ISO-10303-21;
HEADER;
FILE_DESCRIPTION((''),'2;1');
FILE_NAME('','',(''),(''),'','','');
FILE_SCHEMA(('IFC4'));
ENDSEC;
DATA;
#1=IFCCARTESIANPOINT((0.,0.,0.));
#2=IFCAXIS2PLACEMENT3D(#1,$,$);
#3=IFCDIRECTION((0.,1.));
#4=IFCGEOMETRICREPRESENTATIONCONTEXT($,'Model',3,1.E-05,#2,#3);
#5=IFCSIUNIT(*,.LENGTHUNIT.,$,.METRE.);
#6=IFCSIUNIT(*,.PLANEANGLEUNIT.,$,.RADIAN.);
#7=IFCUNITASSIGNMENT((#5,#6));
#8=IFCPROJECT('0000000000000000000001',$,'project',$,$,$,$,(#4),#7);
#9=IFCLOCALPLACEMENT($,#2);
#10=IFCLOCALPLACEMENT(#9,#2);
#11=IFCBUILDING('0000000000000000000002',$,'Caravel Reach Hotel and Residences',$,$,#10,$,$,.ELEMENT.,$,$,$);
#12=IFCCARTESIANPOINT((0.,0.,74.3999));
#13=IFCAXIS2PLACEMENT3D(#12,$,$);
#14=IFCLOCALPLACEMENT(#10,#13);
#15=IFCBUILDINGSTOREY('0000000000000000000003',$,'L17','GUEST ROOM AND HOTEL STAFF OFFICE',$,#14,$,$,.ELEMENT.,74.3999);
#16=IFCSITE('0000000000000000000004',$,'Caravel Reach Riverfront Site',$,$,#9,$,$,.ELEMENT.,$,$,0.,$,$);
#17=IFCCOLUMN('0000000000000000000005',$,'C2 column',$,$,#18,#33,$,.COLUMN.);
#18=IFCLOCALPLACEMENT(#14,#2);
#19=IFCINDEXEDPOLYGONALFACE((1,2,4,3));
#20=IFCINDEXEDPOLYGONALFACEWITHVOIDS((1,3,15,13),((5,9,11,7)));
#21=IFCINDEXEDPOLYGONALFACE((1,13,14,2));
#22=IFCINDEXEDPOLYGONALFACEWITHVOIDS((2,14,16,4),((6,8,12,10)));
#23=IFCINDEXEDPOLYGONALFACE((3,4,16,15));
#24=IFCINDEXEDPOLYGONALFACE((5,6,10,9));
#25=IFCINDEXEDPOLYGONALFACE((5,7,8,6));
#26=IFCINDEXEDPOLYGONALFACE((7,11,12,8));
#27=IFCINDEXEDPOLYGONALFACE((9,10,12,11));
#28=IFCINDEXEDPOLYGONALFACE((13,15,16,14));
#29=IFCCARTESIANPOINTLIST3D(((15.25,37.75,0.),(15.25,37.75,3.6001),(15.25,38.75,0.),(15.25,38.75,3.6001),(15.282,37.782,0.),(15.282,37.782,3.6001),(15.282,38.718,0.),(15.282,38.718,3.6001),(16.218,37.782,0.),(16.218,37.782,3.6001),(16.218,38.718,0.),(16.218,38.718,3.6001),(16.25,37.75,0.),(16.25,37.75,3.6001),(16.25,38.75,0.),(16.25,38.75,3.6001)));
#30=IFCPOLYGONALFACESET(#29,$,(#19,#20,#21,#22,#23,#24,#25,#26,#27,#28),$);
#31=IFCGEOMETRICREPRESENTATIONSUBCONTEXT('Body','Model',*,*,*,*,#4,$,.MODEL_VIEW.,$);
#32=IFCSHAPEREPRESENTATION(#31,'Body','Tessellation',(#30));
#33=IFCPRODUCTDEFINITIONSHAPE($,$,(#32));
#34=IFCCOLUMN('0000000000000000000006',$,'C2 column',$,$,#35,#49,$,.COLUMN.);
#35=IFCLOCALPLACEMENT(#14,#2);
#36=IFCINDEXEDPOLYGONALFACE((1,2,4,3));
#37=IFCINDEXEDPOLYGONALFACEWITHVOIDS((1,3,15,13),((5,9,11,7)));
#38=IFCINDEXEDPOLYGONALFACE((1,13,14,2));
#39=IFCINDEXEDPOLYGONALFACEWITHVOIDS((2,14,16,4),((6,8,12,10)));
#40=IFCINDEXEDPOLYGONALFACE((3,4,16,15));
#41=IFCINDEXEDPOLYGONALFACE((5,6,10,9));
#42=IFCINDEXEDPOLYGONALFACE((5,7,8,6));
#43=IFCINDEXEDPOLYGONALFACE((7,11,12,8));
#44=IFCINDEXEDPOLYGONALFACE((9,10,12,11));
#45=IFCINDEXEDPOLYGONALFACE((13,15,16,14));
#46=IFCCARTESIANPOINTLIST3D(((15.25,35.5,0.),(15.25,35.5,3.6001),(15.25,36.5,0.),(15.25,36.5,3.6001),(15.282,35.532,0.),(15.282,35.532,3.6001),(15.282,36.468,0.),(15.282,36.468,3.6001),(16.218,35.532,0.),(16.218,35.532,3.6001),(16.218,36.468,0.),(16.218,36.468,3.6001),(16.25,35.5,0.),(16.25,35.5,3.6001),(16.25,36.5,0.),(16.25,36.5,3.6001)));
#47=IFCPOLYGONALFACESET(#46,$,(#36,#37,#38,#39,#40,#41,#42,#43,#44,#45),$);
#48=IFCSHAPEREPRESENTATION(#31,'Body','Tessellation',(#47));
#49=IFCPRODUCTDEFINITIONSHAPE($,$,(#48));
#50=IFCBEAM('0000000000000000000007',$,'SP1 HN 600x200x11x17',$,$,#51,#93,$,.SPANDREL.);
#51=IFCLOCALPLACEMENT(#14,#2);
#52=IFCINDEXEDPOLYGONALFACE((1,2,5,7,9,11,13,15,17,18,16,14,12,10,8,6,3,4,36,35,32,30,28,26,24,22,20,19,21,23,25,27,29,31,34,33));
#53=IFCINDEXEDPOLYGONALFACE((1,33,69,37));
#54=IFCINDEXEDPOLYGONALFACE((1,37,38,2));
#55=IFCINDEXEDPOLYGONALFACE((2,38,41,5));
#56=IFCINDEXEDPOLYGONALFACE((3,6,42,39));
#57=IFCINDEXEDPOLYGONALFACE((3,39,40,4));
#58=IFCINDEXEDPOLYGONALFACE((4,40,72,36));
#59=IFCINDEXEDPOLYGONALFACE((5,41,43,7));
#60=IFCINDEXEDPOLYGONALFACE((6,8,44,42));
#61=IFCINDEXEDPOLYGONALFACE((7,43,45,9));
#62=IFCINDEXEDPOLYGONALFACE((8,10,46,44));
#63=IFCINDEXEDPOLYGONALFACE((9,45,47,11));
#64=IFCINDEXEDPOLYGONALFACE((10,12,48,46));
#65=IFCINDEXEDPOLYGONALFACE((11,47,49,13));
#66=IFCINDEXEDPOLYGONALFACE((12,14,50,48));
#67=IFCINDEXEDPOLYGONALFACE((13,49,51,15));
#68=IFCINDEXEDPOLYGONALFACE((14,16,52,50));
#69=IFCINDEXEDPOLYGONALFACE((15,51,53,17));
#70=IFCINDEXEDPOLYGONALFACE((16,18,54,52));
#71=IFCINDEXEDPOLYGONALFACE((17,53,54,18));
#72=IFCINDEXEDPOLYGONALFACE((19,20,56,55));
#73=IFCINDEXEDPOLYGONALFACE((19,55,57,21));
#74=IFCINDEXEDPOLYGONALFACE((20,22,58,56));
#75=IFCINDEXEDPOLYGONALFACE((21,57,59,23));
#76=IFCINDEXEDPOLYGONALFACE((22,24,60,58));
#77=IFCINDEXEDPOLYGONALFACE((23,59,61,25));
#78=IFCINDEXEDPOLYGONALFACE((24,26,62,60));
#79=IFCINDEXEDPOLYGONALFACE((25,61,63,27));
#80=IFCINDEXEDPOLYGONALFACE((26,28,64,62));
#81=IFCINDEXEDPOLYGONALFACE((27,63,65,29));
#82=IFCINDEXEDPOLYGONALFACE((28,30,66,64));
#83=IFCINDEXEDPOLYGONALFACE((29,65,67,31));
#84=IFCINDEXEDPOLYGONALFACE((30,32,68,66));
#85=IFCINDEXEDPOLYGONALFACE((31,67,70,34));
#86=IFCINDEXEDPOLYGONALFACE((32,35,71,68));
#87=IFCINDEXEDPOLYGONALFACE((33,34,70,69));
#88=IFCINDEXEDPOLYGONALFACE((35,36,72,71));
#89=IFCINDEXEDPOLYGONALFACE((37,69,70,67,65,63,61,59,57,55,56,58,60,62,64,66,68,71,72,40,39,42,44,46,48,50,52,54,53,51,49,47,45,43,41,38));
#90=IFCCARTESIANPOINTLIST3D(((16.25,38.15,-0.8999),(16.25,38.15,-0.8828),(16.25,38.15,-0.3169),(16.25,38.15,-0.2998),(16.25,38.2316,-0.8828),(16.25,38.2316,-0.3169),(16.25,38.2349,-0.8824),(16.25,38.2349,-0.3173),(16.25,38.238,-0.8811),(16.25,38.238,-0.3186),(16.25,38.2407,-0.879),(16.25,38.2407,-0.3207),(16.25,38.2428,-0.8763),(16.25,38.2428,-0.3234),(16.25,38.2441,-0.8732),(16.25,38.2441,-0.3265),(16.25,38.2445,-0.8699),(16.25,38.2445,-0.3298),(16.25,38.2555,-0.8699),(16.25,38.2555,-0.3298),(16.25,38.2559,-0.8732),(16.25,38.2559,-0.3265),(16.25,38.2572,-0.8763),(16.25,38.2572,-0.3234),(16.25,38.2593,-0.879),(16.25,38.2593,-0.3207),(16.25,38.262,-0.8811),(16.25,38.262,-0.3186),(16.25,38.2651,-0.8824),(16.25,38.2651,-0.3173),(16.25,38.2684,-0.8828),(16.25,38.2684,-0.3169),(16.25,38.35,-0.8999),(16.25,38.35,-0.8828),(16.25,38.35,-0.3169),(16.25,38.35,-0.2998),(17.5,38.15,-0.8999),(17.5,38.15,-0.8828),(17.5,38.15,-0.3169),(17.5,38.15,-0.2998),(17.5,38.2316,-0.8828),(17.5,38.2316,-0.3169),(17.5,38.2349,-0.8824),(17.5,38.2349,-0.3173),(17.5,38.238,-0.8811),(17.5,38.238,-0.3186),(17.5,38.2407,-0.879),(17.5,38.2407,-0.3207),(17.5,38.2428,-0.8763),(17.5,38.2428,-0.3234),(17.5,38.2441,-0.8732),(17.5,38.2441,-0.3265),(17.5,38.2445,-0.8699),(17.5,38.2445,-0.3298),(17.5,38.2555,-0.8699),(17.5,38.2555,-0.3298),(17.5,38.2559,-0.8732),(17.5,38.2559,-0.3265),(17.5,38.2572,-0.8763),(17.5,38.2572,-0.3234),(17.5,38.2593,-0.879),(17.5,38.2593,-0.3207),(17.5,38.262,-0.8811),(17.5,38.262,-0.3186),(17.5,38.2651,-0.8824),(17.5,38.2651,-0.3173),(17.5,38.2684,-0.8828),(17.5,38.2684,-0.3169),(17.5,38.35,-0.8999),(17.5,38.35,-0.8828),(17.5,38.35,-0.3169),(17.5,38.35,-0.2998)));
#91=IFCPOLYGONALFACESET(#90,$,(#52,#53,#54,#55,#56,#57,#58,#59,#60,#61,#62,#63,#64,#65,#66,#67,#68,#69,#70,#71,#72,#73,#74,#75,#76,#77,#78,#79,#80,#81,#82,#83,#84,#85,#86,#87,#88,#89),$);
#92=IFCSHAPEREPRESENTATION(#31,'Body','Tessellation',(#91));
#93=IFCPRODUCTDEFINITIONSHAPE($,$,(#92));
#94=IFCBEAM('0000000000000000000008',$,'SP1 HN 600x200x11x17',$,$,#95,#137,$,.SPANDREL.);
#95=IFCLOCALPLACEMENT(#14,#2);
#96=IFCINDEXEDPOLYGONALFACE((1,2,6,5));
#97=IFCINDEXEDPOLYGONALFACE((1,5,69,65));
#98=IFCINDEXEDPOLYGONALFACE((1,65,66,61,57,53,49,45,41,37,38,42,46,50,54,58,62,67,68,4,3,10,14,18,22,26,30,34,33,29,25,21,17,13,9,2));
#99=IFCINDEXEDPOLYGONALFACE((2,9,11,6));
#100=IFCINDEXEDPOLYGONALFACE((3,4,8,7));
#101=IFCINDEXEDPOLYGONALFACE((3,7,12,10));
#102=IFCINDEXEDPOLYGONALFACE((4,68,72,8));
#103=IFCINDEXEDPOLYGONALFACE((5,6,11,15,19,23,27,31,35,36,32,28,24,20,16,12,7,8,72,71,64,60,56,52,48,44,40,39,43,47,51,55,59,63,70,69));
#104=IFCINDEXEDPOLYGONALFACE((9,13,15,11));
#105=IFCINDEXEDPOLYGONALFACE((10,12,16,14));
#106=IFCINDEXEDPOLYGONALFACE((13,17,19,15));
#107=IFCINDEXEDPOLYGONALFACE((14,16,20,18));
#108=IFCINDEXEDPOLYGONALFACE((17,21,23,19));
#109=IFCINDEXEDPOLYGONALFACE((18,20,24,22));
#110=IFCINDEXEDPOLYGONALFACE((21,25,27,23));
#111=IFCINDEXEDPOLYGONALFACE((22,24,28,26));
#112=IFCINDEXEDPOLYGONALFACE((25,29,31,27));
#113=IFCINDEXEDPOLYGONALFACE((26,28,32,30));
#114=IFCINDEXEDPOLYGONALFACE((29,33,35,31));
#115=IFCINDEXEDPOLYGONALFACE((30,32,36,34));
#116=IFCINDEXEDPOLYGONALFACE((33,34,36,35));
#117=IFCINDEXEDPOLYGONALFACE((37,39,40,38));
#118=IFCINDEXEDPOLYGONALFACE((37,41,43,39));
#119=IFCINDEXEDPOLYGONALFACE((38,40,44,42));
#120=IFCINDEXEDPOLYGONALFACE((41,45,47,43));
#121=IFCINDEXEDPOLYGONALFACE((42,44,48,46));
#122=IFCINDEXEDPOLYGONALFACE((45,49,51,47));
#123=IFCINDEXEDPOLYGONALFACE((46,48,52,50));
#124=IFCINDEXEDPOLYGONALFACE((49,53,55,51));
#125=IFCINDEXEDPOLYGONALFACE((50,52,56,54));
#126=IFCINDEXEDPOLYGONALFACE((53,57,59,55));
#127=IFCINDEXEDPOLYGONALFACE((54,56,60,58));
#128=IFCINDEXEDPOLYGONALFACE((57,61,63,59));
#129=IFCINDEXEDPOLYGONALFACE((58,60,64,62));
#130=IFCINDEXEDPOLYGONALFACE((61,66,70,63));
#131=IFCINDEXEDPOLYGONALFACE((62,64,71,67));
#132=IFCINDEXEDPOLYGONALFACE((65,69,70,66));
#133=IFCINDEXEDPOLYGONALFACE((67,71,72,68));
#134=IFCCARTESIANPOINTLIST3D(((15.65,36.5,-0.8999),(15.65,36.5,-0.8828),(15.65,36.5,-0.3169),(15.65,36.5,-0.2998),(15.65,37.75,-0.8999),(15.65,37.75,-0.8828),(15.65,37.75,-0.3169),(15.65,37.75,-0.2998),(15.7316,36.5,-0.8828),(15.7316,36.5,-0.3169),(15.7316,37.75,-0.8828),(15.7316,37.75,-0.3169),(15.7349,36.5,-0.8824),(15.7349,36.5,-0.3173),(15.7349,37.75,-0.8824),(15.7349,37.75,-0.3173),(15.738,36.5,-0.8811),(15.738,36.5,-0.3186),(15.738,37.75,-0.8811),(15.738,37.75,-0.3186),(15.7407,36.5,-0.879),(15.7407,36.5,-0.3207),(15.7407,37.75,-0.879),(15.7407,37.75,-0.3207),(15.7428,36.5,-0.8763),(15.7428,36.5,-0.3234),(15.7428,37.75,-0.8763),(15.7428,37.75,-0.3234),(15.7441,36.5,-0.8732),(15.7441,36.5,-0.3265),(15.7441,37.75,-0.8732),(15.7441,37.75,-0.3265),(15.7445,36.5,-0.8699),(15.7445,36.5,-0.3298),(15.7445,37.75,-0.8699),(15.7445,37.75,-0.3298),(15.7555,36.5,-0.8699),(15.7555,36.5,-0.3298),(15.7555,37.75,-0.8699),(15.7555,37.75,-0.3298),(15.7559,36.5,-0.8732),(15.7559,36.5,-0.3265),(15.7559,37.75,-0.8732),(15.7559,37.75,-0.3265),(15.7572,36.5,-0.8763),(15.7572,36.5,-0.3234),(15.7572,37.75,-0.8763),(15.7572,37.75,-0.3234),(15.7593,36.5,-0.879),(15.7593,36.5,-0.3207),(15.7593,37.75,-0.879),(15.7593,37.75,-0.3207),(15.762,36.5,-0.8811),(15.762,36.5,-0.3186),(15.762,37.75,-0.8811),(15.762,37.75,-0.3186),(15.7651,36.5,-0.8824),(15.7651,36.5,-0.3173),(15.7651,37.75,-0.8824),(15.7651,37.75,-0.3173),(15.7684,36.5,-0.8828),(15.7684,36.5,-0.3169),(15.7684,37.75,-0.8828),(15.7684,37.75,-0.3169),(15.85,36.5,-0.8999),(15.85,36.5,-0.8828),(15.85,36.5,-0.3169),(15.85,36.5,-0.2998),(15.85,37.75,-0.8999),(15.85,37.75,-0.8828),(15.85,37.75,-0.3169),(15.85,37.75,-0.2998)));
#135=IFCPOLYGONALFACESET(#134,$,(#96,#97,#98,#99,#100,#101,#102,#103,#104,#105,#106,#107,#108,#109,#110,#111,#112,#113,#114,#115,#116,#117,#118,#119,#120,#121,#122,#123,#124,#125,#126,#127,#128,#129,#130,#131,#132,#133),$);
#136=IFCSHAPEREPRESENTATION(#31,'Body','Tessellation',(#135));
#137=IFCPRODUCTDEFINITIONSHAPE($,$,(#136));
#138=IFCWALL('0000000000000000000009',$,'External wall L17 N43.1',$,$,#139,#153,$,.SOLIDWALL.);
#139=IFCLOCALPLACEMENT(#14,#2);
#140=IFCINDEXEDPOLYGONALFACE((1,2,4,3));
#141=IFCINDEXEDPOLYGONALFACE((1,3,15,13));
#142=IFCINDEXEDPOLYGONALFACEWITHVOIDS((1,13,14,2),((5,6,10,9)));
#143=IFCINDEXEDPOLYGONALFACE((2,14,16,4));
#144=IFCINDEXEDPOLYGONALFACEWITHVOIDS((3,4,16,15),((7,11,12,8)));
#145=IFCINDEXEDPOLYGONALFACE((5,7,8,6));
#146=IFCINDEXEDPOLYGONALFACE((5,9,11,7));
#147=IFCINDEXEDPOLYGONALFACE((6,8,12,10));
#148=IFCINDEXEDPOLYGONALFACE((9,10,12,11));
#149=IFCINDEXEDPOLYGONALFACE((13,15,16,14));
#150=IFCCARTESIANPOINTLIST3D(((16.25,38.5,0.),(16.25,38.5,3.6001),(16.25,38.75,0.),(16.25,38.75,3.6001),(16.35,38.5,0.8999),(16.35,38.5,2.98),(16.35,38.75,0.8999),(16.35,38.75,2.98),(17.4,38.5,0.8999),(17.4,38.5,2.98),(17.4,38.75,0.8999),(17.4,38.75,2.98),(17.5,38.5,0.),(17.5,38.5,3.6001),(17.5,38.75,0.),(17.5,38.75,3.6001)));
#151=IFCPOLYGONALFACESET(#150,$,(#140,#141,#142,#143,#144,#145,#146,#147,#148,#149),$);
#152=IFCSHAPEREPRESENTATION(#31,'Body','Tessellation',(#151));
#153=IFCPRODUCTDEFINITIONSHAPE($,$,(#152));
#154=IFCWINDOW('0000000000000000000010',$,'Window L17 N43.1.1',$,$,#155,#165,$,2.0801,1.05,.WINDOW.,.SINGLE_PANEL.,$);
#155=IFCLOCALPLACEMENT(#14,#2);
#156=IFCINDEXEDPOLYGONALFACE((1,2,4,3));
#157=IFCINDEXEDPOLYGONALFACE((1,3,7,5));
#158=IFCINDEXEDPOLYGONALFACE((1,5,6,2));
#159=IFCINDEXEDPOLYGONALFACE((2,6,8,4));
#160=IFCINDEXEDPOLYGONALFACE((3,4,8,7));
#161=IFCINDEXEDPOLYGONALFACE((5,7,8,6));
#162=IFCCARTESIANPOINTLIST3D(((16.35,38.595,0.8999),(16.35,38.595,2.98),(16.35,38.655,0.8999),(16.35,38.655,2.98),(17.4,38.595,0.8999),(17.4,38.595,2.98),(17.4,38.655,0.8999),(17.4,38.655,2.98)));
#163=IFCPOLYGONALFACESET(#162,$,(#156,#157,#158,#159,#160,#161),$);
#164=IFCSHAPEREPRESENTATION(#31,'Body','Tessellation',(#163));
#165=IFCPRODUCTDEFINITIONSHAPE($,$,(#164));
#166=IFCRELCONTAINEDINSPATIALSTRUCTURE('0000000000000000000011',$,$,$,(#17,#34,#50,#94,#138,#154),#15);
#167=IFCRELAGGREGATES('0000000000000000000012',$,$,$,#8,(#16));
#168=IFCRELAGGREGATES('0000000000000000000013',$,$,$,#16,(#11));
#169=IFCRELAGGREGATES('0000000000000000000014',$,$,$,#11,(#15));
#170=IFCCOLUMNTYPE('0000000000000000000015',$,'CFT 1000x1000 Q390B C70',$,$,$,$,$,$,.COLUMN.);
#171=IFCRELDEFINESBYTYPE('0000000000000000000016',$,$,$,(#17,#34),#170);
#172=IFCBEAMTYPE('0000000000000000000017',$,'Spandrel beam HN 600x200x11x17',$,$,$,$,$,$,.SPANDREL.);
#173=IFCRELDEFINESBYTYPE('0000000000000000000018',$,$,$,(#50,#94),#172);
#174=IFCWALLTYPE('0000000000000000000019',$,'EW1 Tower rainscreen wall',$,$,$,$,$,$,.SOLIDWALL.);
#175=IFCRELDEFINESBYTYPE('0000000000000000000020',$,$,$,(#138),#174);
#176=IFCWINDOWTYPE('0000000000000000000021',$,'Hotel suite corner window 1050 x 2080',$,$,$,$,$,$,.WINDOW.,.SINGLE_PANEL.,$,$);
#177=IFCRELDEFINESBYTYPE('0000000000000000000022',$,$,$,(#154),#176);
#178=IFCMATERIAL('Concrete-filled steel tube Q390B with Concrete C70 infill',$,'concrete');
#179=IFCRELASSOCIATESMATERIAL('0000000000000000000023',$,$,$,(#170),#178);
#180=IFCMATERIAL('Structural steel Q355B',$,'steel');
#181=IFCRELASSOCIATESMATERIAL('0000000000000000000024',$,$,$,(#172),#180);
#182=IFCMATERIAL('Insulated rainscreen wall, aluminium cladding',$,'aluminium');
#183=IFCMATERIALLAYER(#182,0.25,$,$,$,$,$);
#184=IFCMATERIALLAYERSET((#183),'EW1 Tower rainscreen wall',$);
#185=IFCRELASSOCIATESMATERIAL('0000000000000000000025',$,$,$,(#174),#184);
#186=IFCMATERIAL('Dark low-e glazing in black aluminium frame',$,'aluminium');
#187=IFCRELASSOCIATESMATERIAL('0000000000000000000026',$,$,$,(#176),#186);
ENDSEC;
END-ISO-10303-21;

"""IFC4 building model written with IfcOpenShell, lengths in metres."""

from ifc_helpers import new_model, si_unit, direction, frame, frame_2d, origin, origin_2d, place, context, subcontext, project, spatial, rectangle, hollow_rectangle, i_section, extrude, material, layer, layer_set, material_profile, profile_set, type_object, element, fill, save


model = new_model("IFC4")

# Units and contexts
model_context = context("Model", 3, precision=1e-05, world=origin(), true_north=direction((0.0, 1.0)))
body_context = subcontext(model_context, "Body", "Model", "MODEL_VIEW")
ifc_project = project(units=[si_unit("LENGTHUNIT", "METRE"), si_unit("PLANEANGLEUNIT", "RADIAN")], contexts=[model_context])

# Site, building, storey
site_placement = place(None, origin())
site = spatial("IfcSite", under=ifc_project, at=site_placement, Name="Caravel Reach Riverfront Site", CompositionType="ELEMENT", RefElevation=0.0)
building_placement = place(site_placement, origin())
building = spatial("IfcBuilding", under=site, at=building_placement, Name="Caravel Reach Hotel and Residences", CompositionType="ELEMENT")
storey_placement = place(building_placement, frame((0.0, 0.0, 74.3999)))
storey = spatial("IfcBuildingStorey", under=building, at=storey_placement, Name="L17", Description="GUEST ROOM AND HOTEL STAFF OFFICE", CompositionType="ELEMENT", Elevation=74.3999)

# Columns
ifc_material_1 = material(Name="Concrete-filled steel tube Q390B with Concrete C70 infill", Category="concrete")
ifc_material_profile_1 = material_profile(ifc_material_1, hollow_rectangle(XDim=1.0, YDim=1.0, WallThickness=0.032, at=origin_2d()), Name="RHS 1000x1000x32")
ifc_profile_set_1 = profile_set([ifc_material_profile_1], Name="Concrete-filled steel tube Q390B with Concrete C70 infill")
column_type = type_object("IfcColumnType", Name="CFT 1000x1000 Q390B C70", PredefinedType="COLUMN", material=ifc_profile_set_1)
for number, where, z_axis, x_axis, name in (
    (1, (15.75, 38.25, 0.0), (0.0, 0.0, 1.0), (1.0, 0.0, 0.0), "C2 column"),
    (2, (15.75, 36.0, 0.0), (0.0, 0.0, 1.0), (1.0, 0.0, 0.0), "C2 column"),
):
    element("IfcColumn", number, at=place(storey_placement, frame(where, z_axis=z_axis, x_axis=x_axis)), inside=storey, type_object=column_type, Name=name, PredefinedType="COLUMN", context=body_context, shape_type="SweptSolid", body=[
        extrude(hollow_rectangle(XDim=1.0, YDim=1.0, WallThickness=0.032, at=origin_2d()), origin(), (0.0, 0.0, 1.0), 3.6001),
    ])

# Beams
ifc_material_2 = material(Name="Structural steel Q355B", Category="steel")
ifc_material_profile_2 = material_profile(ifc_material_2, i_section(OverallWidth=0.2, OverallDepth=0.6001, WebThickness=0.011, FlangeThickness=0.0171, FilletRadius=0.0129, at=origin_2d()), Name="HN 600x200x11x17")
ifc_profile_set_2 = profile_set([ifc_material_profile_2], Name="Structural steel Q355B")
beam_type = type_object("IfcBeamType", Name="Spandrel beam HN 600x200x11x17", PredefinedType="SPANDREL", material=ifc_profile_set_2)
for number, where, z_axis, x_axis, name in (
    (3, (17.5, 38.25, -0.5999), (-1.0, 0.0, 0.0), (0.0, -1.0, 0.0), "SP1 HN 600x200x11x17"),
    (4, (15.75, 37.75, -0.5999), (0.0, -1.0, 0.0), (1.0, 0.0, 0.0), "SP1 HN 600x200x11x17"),
):
    element("IfcBeam", number, at=place(storey_placement, frame(where, z_axis=z_axis, x_axis=x_axis)), inside=storey, type_object=beam_type, Name=name, PredefinedType="SPANDREL", context=body_context, shape_type="SweptSolid", body=[
        extrude(i_section(OverallWidth=0.2, OverallDepth=0.6001, WebThickness=0.011, FlangeThickness=0.0171, FilletRadius=0.0129, at=origin_2d()), origin(), (0.0, 0.0, 1.0), 1.25),
    ])

# Wall, opening, window
ifc_material_3 = material(Name="Insulated rainscreen wall, aluminium cladding", Category="aluminium")
ifc_layer = layer(ifc_material_3, 0.25)
ifc_layer_set = layer_set([ifc_layer], Name="EW1 Tower rainscreen wall")
wall_type = type_object("IfcWallType", Name="EW1 Tower rainscreen wall", PredefinedType="SOLIDWALL", material=ifc_layer_set)
wall_1_placement = place(storey_placement, frame((17.5, 38.625, 0.0), z_axis=(0.0, 0.0, 1.0), x_axis=(-1.0, 0.0, 0.0)))
wall_1 = element("IfcWall", 5, at=wall_1_placement, inside=storey, type_object=wall_type, Name="External wall L17 N43.1", PredefinedType="SOLIDWALL", context=body_context, shape_type="SweptSolid", body=[
    extrude(rectangle(XDim=1.25, YDim=0.25, at=frame_2d((0.625, 0.0))), origin(), (0.0, 0.0, 1.0), 3.6001),
])
opening_1_placement = place(wall_1_placement, frame((0.1001, 0.0, 0.8999)))
opening_1 = element("IfcOpeningElement", 6, at=opening_1_placement, cuts=wall_1, PredefinedType="OPENING", context=body_context, shape_type="SweptSolid", body=[
    extrude(rectangle(XDim=1.05, YDim=2.0801, at=frame_2d((0.5249, 1.04))), frame((0.0, 0.135, 0.0), z_axis=(0.0, -1.0, 0.0), x_axis=(1.0, 0.0, 0.0)), (0.0, 0.0, 1.0), 0.27),
])
ifc_material_4 = material(Name="Dark low-e glazing in black aluminium frame", Category="aluminium")
window_type_1 = type_object("IfcWindowType", Name="Hotel suite corner window 1050 x 2080", PartitioningType="SINGLE_PANEL", PredefinedType="WINDOW", material=ifc_material_4)
window_1_placement = place(opening_1_placement, origin())
window_1 = element("IfcWindow", 7, at=window_1_placement, inside=storey, type_object=window_type_1, Name="Window L17 N43.1.1", OverallHeight=2.0801, OverallWidth=1.05, PartitioningType="SINGLE_PANEL", PredefinedType="WINDOW", context=body_context, shape_type="SweptSolid", body=[
    extrude(rectangle(XDim=1.05, YDim=2.0801, at=frame_2d((0.5249, 1.04))), frame((0.0, 0.03, 0.0), z_axis=(0.0, -1.0, 0.0), x_axis=(1.0, 0.0, 0.0)), (0.0, 0.0, 1.0), 0.0601),
])
fill(opening_1, window_1)

save(model, "model.ifc")
